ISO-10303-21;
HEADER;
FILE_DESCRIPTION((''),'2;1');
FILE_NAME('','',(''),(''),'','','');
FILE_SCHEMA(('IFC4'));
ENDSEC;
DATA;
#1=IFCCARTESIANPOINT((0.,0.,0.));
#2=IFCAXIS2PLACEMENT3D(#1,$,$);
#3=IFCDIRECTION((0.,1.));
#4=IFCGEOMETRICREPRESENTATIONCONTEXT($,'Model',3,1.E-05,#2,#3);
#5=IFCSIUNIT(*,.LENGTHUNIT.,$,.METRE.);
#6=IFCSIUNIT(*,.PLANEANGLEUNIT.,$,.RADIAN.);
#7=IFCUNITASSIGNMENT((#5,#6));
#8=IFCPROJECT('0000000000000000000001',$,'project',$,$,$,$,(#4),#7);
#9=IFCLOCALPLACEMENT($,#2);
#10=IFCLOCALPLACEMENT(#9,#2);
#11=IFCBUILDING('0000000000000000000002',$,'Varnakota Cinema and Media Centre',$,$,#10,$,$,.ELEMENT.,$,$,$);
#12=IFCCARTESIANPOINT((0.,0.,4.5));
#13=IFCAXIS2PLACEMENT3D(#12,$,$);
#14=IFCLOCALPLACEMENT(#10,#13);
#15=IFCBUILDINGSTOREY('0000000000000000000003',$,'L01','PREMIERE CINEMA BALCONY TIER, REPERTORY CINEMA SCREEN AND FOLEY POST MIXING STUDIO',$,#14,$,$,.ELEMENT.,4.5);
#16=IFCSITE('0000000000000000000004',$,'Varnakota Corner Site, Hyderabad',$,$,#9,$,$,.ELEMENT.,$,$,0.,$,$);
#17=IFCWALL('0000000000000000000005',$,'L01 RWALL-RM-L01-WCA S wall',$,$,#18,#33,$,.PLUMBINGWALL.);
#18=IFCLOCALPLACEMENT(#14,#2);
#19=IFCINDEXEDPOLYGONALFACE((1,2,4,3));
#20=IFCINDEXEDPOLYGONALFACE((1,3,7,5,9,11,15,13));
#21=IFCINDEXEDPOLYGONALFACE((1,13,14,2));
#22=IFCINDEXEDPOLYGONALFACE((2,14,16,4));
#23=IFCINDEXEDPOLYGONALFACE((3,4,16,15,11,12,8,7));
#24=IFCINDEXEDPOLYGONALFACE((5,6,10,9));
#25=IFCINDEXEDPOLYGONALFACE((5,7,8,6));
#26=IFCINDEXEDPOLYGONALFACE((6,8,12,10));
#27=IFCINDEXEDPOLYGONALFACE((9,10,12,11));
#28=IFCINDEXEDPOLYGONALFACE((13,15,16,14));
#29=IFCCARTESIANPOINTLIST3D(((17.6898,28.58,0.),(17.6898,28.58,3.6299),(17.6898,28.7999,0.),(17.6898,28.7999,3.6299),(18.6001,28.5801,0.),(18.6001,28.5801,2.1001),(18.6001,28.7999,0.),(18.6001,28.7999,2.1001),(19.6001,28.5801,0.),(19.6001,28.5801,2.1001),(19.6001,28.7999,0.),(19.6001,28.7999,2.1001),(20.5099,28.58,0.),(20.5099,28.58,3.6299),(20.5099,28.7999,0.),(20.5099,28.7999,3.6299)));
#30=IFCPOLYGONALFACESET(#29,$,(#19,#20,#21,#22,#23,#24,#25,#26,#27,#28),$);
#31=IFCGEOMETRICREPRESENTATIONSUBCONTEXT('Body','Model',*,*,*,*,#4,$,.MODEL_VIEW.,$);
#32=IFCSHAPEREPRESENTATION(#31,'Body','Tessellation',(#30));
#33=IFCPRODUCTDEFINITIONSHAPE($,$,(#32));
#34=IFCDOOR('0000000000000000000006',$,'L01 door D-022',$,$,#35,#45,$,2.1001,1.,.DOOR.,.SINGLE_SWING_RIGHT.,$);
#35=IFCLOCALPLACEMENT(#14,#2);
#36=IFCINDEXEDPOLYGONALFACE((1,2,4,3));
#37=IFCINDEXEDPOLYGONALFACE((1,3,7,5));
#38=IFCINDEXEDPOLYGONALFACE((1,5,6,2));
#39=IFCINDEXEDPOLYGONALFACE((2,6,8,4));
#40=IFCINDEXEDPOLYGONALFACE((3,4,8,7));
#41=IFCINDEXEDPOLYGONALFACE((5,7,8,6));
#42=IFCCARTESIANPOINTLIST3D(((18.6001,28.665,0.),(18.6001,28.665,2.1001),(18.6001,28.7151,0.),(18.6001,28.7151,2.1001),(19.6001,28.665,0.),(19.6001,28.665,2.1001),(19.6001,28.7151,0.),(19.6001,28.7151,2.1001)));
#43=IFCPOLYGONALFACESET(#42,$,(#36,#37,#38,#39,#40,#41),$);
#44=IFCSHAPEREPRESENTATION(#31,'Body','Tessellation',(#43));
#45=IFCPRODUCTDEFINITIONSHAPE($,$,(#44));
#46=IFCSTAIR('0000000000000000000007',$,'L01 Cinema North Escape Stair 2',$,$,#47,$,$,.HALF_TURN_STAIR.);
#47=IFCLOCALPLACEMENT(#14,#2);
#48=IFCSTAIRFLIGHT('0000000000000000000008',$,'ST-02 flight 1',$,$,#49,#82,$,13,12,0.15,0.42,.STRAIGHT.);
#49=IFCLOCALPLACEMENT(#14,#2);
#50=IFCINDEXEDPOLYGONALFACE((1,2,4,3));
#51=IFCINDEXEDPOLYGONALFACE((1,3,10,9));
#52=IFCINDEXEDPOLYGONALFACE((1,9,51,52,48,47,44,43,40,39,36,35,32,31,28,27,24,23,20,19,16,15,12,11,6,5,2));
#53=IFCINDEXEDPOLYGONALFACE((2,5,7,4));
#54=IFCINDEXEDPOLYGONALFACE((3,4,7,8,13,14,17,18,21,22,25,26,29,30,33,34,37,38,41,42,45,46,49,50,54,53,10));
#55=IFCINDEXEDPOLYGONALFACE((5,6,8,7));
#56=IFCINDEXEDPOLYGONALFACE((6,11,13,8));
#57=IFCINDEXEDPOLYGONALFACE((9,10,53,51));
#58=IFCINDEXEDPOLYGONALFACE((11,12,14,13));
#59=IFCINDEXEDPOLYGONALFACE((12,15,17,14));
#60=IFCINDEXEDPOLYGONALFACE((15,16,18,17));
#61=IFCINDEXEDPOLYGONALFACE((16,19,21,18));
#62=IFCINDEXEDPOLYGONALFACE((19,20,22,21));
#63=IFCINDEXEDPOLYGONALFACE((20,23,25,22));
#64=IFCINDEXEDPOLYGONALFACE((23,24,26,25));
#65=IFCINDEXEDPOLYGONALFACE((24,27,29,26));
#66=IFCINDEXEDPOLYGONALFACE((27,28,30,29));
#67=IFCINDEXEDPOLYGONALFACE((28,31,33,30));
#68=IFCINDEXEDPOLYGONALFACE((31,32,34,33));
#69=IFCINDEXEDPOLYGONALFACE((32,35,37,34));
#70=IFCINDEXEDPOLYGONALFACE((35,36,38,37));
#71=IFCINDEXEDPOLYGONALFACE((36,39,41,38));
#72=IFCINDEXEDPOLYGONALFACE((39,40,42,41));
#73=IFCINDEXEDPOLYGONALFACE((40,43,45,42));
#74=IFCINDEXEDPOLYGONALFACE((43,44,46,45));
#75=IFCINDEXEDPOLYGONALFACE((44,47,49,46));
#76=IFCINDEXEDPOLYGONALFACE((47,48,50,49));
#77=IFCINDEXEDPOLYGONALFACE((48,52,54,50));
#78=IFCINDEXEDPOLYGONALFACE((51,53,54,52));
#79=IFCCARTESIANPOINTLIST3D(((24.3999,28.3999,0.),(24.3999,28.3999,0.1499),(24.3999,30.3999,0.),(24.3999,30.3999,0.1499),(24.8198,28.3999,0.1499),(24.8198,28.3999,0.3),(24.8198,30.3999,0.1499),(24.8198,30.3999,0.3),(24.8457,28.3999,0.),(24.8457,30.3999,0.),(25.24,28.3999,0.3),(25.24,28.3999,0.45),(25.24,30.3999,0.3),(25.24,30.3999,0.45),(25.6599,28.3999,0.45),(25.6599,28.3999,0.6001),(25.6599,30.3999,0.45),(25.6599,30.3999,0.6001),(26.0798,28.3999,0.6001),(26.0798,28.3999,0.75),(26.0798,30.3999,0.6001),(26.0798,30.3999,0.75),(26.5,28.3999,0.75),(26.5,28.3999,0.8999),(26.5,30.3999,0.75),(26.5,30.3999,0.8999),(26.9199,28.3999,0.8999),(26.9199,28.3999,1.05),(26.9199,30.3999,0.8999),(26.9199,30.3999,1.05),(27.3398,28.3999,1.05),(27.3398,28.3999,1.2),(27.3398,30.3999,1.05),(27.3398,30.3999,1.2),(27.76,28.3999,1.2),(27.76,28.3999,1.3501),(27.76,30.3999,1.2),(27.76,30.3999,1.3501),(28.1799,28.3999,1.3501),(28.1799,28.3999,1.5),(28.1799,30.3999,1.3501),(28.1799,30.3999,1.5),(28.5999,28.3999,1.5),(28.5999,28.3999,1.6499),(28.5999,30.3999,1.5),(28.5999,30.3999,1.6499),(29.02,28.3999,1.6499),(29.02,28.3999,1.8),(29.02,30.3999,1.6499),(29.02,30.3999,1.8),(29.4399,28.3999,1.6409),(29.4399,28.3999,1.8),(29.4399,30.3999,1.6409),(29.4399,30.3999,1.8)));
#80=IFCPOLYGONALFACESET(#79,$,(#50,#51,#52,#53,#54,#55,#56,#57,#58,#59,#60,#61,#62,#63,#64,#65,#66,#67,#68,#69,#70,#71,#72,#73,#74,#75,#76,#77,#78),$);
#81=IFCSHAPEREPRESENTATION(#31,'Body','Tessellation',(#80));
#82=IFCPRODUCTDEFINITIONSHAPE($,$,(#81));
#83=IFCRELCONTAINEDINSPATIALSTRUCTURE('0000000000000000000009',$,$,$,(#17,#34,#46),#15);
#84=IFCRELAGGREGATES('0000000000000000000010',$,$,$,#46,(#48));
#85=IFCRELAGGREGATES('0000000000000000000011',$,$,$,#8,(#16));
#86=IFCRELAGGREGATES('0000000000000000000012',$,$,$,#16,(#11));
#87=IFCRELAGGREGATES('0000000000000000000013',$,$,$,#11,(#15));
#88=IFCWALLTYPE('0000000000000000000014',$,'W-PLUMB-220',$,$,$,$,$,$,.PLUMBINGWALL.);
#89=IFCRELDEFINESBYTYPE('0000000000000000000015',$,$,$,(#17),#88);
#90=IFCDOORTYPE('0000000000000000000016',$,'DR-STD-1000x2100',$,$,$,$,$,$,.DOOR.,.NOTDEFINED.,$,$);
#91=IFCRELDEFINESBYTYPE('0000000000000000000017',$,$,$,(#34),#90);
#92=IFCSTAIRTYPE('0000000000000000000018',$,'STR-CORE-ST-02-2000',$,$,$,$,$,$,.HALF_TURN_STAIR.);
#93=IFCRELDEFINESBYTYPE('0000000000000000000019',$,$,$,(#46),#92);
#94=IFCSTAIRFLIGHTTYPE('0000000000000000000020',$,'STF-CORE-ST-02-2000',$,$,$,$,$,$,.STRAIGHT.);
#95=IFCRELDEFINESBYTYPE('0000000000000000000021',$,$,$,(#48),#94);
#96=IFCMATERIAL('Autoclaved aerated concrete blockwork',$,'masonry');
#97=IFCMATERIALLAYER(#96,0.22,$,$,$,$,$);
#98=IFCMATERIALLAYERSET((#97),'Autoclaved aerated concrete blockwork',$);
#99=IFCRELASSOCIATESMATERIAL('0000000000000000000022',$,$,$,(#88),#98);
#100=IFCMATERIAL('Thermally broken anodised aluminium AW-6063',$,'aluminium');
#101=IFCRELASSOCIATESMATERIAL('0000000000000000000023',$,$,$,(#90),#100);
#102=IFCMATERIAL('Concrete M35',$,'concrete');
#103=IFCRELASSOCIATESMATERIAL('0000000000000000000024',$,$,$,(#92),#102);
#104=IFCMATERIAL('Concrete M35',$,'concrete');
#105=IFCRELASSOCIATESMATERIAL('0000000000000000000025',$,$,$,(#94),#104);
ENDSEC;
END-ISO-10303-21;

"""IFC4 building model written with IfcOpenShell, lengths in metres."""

from ifc_helpers import new_model, si_unit, direction, frame, frame_2d, origin, place, context, subcontext, project, spatial, polyline, rectangle, outline, extrude, material, layer, layer_set, type_object, element, fill, aggregate, save


model = new_model("IFC4")

# Units and contexts
model_context = context("Model", 3, precision=1e-05, world=origin(), true_north=direction((0.0, 1.0)))
body_context = subcontext(model_context, "Body", "Model", "MODEL_VIEW")
ifc_project = project(units=[si_unit("LENGTHUNIT", "METRE"), si_unit("PLANEANGLEUNIT", "RADIAN")], contexts=[model_context])

# Site, building, storey
site_placement = place(None, origin())
site = spatial("IfcSite", under=ifc_project, at=site_placement, Name="Varnakota Corner Site, Hyderabad", CompositionType="ELEMENT", RefElevation=0.0)
building_placement = place(site_placement, origin())
building = spatial("IfcBuilding", under=site, at=building_placement, Name="Varnakota Cinema and Media Centre", CompositionType="ELEMENT")
storey_placement = place(building_placement, frame((0.0, 0.0, 4.5)))
storey = spatial("IfcBuildingStorey", under=building, at=storey_placement, Name="L01", Description="PREMIERE CINEMA BALCONY TIER, REPERTORY CINEMA SCREEN AND FOLEY POST MIXING STUDIO", CompositionType="ELEMENT", Elevation=4.5)

# Wall, opening, door
ifc_material_1 = material(Name="Autoclaved aerated concrete blockwork", Category="masonry")
ifc_layer_1 = layer(ifc_material_1, 0.22)
ifc_layer_set_1 = layer_set([ifc_layer_1], Name="Autoclaved aerated concrete blockwork")
wall_type_1 = type_object("IfcWallType", Name="W-PLUMB-220", PredefinedType="PLUMBINGWALL", material=ifc_layer_set_1)
ifc_material_2 = material(Name="Thermally broken anodised aluminium AW-6063", Category="aluminium")
door_type_1 = type_object("IfcDoorType", Name="DR-STD-1000x2100", OperationType="NOTDEFINED", PredefinedType="DOOR", material=ifc_material_2)
wall_1_placement = place(storey_placement, frame((20.51, 28.6899, 0.0), z_axis=(0.0, 0.0, 1.0), x_axis=(-1.0, 0.0, 0.0)))
wall_1 = element("IfcWall", 1, at=wall_1_placement, inside=storey, type_object=wall_type_1, Name="L01 RWALL-RM-L01-WCA S wall", PredefinedType="PLUMBINGWALL", context=body_context, shape_type="SweptSolid", body=[
    extrude(rectangle(XDim=2.8201, YDim=0.22, at=frame_2d((1.4102, 0.0))), origin(), (0.0, 0.0, 1.0), 3.6299),
])
opening_1_placement = place(wall_1_placement, frame((0.9099, 0.0, 0.0)))
opening_1 = element("IfcOpeningElement", 2, at=opening_1_placement, cuts=wall_1, PredefinedType="OPENING", context=body_context, shape_type="SweptSolid", body=[
    extrude(rectangle(XDim=1.0, YDim=2.1001, at=frame_2d((0.5, 1.05))), frame((0.0, 0.1099, 0.0), z_axis=(0.0, -1.0, 0.0), x_axis=(1.0, 0.0, 0.0)), (0.0, 0.0, 1.0), 0.22),
])
door_1_placement = place(opening_1_placement, origin())
door_1 = element("IfcDoor", 3, at=door_1_placement, inside=storey, type_object=door_type_1, Name="L01 door D-022", OperationType="SINGLE_SWING_RIGHT", OverallHeight=2.1001, OverallWidth=1.0, PredefinedType="DOOR", context=body_context, shape_type="SweptSolid", body=[
    extrude(rectangle(XDim=1.0, YDim=2.1001, at=frame_2d((0.5, 1.05))), frame((0.0, 0.0249, 0.0), z_axis=(0.0, -1.0, 0.0), x_axis=(1.0, 0.0, 0.0)), (0.0, 0.0, 1.0), 0.05),
])
fill(opening_1, door_1)

# Stair, stair flight
ifc_material_3 = material(Name="Concrete M35", Category="concrete")
stair_type = type_object("IfcStairType", Name="STR-CORE-ST-02-2000", PredefinedType="HALF_TURN_STAIR", material=ifc_material_3)
stair_placement = place(storey_placement, origin())
stair = element("IfcStair", 4, at=stair_placement, inside=storey, type_object=stair_type, Name="L01 Cinema North Escape Stair 2", PredefinedType="HALF_TURN_STAIR")
ifc_material_4 = material(Name="Concrete M35", Category="concrete")
stair_flight_type = type_object("IfcStairFlightType", Name="STF-CORE-ST-02-2000", PredefinedType="STRAIGHT", material=ifc_material_4)
stair_flight_placement = place(storey_placement, frame((24.3999, 29.3999, 0.0), z_axis=(0.0, 0.0, 1.0), x_axis=(1.0, 0.0, 0.0)))
stair_flight = element("IfcStairFlight", 5, at=stair_flight_placement, type_object=stair_flight_type, Name="ST-02 flight 1", NumberOfRisers=13, NumberOfTreads=12, PredefinedType="STRAIGHT", RiserHeight=0.15, TreadLength=0.42, context=body_context, shape_type="SweptSolid", body=[
    extrude(outline(polyline([(0.0, 0.0), (0.0, 0.1499), (0.4199, 0.1499), (0.4199, 0.3), (0.8401, 0.3), (0.8401, 0.45), (1.26, 0.45), (1.26, 0.6001), (1.6799, 0.6001), (1.6799, 0.75), (2.1001, 0.75), (2.1001, 0.8999), (2.52, 0.8999), (2.52, 1.05), (2.9399, 1.05), (2.9399, 1.2), (3.3601, 1.2), (3.3601, 1.3501), (3.78, 1.3501), (3.78, 1.5), (4.2, 1.5), (4.2, 1.6499), (4.6201, 1.6499), (4.6201, 1.8), (5.04, 1.8), (5.04, 1.95), (5.04, 1.6409), (0.4458, 0.0), (0.0, 0.0)])), frame((0.0, 1.0, 0.0), z_axis=(0.0, -1.0, 0.0), x_axis=(1.0, 0.0, 0.0)), (0.0, 0.0, 1.0), 2.0),
])
aggregate(stair, [stair_flight])

save(model, "model.ifc")
